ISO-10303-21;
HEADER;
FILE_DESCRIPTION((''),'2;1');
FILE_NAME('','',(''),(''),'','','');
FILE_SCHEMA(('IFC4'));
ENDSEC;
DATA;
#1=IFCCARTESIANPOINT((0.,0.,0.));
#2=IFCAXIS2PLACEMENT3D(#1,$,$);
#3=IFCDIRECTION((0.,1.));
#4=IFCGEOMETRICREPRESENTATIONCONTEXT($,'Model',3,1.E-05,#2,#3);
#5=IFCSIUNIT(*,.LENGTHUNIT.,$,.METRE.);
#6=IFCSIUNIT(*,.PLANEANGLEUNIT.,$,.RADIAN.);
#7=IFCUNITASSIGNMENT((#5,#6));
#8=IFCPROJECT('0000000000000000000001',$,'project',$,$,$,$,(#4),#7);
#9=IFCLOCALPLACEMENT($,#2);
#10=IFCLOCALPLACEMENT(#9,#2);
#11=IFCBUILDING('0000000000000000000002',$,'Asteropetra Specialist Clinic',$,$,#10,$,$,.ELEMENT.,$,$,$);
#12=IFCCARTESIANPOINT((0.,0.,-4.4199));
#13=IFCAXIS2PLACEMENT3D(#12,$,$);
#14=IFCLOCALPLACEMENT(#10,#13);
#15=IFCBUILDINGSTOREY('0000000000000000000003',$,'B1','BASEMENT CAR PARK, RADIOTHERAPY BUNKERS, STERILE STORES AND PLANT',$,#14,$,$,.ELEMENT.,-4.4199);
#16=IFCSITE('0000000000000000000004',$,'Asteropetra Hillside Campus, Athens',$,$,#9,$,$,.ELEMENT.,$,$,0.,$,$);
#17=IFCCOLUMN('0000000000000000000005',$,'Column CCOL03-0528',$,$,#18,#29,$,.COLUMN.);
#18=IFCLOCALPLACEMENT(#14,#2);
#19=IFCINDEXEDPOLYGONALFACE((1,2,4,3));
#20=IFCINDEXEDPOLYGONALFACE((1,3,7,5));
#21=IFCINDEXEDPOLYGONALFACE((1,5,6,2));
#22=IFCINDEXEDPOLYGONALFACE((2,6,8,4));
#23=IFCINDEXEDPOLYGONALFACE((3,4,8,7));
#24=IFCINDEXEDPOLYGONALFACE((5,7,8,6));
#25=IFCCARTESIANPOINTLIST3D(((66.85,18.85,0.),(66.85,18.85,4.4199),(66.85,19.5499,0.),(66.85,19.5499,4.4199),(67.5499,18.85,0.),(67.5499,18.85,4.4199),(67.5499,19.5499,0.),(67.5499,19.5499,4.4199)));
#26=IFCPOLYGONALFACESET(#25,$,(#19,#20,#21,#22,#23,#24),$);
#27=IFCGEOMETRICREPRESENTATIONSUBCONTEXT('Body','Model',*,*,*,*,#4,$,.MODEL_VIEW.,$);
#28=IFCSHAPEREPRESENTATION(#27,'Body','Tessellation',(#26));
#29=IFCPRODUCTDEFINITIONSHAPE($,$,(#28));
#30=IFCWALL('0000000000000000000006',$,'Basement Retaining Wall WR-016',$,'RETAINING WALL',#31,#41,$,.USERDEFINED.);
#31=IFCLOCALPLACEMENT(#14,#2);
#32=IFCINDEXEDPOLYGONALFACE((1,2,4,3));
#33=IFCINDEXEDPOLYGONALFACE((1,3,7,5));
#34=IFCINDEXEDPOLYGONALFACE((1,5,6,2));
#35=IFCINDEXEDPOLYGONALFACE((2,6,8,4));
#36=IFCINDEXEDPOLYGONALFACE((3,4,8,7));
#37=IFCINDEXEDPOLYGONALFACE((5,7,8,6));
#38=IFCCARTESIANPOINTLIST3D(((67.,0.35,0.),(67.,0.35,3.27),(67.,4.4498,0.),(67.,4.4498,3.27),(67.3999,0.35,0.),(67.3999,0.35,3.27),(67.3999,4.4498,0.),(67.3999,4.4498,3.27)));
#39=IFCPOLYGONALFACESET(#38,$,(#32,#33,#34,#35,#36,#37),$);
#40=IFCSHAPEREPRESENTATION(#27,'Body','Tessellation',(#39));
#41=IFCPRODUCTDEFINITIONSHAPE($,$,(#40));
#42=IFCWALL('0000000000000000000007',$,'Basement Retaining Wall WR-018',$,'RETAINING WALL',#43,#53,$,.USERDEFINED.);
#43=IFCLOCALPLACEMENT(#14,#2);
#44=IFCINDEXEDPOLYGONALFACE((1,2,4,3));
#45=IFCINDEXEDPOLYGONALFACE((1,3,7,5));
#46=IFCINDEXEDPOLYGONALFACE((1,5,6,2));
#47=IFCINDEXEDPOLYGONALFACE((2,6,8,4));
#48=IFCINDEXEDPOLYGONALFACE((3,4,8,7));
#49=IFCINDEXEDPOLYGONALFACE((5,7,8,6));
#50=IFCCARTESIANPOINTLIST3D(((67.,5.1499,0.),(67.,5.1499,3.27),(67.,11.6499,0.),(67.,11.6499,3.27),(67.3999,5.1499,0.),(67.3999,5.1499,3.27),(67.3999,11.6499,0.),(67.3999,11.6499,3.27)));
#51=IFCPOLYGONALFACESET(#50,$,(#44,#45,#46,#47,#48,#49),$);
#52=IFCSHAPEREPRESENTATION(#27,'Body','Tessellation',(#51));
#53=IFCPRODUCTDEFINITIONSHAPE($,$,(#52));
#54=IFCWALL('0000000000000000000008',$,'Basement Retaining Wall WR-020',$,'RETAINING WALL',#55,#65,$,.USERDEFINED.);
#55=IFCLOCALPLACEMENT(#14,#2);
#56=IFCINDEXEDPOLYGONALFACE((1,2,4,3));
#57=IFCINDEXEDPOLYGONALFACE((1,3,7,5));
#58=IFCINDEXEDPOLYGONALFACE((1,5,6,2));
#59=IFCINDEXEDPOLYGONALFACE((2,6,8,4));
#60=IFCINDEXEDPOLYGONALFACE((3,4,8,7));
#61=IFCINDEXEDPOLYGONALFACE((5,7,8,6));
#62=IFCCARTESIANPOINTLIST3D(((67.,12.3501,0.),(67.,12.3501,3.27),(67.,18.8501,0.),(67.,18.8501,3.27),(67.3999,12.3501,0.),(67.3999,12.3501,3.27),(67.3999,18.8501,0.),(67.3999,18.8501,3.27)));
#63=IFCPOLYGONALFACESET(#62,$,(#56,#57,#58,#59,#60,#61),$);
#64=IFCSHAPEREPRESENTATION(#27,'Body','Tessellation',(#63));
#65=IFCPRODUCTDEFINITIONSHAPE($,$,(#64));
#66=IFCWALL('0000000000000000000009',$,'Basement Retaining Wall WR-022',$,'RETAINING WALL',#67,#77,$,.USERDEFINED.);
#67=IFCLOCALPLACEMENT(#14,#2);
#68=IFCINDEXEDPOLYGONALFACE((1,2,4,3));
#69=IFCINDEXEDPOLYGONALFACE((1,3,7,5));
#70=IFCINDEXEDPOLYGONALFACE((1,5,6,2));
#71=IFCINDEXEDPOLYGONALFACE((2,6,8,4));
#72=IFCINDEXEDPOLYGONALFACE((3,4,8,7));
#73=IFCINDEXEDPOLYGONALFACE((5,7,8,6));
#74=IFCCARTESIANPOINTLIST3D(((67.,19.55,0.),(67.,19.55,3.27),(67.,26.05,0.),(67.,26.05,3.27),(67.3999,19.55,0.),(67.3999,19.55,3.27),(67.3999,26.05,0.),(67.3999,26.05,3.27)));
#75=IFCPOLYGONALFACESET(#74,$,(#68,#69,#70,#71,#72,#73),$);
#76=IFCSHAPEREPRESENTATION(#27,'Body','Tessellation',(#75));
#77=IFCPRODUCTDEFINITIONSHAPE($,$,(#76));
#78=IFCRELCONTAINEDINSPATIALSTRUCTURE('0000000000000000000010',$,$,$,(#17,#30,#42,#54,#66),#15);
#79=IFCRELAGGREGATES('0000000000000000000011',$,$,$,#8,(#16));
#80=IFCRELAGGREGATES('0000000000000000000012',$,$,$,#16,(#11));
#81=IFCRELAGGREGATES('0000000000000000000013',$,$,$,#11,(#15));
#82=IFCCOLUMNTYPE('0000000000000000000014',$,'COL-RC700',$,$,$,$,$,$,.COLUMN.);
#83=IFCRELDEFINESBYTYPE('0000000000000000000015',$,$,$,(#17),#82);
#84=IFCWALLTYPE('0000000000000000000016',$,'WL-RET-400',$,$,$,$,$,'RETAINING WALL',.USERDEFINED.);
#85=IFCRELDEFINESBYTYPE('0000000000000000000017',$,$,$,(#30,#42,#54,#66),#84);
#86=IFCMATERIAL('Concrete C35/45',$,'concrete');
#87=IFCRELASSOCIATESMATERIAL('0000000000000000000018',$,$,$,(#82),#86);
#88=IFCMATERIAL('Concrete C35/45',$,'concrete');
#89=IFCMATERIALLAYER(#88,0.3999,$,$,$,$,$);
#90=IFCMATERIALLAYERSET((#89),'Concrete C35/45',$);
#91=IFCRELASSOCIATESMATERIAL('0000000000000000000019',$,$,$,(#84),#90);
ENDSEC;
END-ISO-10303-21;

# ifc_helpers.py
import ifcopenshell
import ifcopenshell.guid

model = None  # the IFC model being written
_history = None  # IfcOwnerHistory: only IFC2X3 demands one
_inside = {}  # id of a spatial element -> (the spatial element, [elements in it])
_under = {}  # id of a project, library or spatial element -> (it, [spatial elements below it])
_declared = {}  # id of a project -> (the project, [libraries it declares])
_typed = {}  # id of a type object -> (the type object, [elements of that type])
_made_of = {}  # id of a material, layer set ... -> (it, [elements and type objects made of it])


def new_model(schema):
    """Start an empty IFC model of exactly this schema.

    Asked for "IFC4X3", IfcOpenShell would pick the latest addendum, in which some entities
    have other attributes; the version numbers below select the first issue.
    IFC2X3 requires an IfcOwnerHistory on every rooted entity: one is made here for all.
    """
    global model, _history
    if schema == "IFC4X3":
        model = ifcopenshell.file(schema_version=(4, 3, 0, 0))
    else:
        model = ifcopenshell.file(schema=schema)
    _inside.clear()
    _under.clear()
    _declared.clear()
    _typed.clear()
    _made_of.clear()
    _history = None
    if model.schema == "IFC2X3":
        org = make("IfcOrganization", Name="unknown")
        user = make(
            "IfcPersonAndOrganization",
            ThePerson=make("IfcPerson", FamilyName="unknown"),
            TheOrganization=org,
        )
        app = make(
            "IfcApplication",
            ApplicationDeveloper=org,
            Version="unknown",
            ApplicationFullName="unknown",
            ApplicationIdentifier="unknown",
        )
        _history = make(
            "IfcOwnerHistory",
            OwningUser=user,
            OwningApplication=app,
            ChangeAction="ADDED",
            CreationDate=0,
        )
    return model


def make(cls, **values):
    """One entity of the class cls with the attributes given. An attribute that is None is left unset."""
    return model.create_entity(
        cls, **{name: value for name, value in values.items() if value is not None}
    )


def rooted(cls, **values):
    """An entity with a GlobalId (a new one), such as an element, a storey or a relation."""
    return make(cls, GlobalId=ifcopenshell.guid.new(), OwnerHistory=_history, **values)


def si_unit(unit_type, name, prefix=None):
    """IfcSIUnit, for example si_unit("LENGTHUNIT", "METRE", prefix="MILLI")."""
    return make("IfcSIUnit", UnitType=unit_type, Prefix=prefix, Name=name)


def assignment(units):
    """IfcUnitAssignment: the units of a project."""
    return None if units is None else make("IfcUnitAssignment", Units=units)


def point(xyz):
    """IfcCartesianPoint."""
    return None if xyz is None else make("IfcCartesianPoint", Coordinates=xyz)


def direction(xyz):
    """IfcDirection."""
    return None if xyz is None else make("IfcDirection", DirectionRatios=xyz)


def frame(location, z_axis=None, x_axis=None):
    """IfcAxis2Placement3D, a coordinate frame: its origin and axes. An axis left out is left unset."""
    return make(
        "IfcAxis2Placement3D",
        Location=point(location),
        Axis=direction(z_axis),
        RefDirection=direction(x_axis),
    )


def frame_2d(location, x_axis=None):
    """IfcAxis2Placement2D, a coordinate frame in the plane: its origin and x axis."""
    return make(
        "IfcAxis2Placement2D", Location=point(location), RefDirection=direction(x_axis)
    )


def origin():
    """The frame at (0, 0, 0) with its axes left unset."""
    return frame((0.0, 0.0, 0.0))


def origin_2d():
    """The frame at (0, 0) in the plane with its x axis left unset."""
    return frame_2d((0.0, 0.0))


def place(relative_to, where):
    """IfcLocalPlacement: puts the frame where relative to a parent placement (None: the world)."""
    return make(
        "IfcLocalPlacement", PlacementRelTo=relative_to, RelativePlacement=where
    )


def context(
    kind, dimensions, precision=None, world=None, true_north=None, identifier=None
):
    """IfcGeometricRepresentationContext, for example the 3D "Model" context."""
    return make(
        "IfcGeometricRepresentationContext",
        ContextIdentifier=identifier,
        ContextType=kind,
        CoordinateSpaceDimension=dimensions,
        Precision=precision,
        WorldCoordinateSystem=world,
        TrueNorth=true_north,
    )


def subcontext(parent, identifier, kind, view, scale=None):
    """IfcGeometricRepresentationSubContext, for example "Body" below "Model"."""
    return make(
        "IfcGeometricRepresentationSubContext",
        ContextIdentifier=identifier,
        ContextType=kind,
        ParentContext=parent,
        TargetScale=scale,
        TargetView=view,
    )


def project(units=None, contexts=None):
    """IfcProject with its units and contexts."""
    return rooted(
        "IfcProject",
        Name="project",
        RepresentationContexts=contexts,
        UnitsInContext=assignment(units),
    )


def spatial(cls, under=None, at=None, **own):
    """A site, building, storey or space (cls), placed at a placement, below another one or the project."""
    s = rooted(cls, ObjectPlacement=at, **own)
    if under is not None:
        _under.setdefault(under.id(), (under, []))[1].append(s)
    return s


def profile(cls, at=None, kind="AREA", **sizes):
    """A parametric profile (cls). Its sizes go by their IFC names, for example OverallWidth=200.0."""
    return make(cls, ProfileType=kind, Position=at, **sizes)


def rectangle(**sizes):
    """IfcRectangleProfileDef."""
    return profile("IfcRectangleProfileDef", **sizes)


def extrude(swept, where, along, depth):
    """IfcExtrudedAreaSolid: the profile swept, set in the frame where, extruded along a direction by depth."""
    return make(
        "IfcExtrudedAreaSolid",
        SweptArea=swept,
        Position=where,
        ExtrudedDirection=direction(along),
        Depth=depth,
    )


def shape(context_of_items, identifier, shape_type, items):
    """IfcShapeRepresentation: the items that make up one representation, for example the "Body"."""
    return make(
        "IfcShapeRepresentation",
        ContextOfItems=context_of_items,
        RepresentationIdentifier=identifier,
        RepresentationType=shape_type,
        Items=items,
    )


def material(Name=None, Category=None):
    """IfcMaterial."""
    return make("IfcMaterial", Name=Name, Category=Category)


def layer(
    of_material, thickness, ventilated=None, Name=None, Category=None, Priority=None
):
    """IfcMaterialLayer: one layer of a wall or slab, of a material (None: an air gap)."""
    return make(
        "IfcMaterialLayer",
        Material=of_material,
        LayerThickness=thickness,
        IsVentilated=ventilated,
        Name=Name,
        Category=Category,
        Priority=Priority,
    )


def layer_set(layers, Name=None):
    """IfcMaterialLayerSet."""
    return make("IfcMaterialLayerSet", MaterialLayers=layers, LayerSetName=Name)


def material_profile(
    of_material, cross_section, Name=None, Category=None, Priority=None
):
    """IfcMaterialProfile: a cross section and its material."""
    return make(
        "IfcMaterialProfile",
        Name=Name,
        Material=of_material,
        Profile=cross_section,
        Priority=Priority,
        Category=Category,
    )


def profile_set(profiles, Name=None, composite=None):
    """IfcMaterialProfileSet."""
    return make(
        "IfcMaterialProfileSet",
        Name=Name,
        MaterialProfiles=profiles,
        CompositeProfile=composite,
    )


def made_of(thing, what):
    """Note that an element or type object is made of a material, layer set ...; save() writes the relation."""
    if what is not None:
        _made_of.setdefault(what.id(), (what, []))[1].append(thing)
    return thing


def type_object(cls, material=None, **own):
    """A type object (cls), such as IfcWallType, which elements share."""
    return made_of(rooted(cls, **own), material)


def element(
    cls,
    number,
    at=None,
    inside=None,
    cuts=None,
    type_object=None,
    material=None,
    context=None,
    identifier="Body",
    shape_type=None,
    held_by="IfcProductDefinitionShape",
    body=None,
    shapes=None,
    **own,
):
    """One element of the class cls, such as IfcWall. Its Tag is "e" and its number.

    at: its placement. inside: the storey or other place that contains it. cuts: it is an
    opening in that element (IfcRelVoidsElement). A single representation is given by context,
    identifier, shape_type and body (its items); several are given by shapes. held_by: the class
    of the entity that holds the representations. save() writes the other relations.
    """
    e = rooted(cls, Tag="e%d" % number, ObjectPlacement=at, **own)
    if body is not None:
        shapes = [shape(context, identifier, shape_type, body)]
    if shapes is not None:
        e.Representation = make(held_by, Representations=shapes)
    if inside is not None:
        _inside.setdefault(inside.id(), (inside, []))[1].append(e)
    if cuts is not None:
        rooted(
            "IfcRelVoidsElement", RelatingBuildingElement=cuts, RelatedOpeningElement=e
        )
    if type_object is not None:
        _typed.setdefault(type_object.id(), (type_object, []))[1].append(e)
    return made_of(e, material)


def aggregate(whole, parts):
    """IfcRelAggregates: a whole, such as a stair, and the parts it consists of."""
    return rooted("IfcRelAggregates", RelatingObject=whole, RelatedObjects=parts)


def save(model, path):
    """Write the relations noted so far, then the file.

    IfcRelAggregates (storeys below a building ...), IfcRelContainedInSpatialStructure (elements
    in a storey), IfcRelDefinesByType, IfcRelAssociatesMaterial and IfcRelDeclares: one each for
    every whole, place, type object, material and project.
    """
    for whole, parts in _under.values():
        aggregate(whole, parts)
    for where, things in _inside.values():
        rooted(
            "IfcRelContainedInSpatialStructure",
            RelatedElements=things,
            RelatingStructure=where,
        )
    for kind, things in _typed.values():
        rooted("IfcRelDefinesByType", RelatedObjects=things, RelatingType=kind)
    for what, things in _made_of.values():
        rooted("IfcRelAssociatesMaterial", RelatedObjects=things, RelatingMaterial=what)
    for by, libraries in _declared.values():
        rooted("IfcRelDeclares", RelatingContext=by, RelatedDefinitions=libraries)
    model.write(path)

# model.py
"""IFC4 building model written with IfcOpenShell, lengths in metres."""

from ifc_helpers import new_model, si_unit, direction, frame, frame_2d, origin, origin_2d, place, context, subcontext, project, spatial, rectangle, extrude, material, layer, layer_set, material_profile, profile_set, type_object, element, save


model = new_model("IFC4")

# Units and contexts
model_context = context("Model", 3, precision=1e-05, world=origin(), true_north=direction((0.0, 1.0)))
body_context = subcontext(model_context, "Body", "Model", "MODEL_VIEW")
ifc_project = project(units=[si_unit("LENGTHUNIT", "METRE"), si_unit("PLANEANGLEUNIT", "RADIAN")], contexts=[model_context])

# Site, building, storey
site_placement = place(None, origin())
site = spatial("IfcSite", under=ifc_project, at=site_placement, Name="Asteropetra Hillside Campus, Athens", CompositionType="ELEMENT", RefElevation=0.0)
building_placement = place(site_placement, origin())
building = spatial("IfcBuilding", under=site, at=building_placement, Name="Asteropetra Specialist Clinic", CompositionType="ELEMENT")
storey_placement = place(building_placement, frame((0.0, 0.0, -4.4199)))
storey = spatial("IfcBuildingStorey", under=building, at=storey_placement, Name="B1", Description="BASEMENT CAR PARK, RADIOTHERAPY BUNKERS, STERILE STORES AND PLANT", CompositionType="ELEMENT", Elevation=-4.4199)

# Column
ifc_material_1 = material(Name="Concrete C35/45", Category="concrete")
ifc_material_profile_1 = material_profile(ifc_material_1, rectangle(XDim=0.7, YDim=0.7, at=origin_2d()), Name="RC 700x700")
ifc_profile_set_1 = profile_set([ifc_material_profile_1], Name="Concrete C35/45")
column_type = type_object("IfcColumnType", Name="COL-RC700", PredefinedType="COLUMN", material=ifc_profile_set_1)
for number, where, z_axis, x_axis, name in (
    (1, (67.2, 19.2, 0.0), (0.0, 0.0, 1.0), (1.0, 0.0, 0.0), "Column CCOL03-0528"),
):
    element("IfcColumn", number, at=place(storey_placement, frame(where, z_axis=z_axis, x_axis=x_axis)), inside=storey, type_object=column_type, Name=name, PredefinedType="COLUMN", context=body_context, shape_type="SweptSolid", body=[
        extrude(rectangle(XDim=0.7, YDim=0.7, at=origin_2d()), origin(), (0.0, 0.0, 1.0), 4.4199),
    ])

# Walls
ifc_material_2 = material(Name="Concrete C35/45", Category="concrete")
ifc_layer = layer(ifc_material_2, 0.3999)
ifc_layer_set = layer_set([ifc_layer], Name="Concrete C35/45")
wall_type = type_object("IfcWallType", Name="WL-RET-400", ElementType="RETAINING WALL", PredefinedType="USERDEFINED", material=ifc_layer_set)
wall_placement = place(storey_placement, frame((67.2, 0.3501, 0.0), z_axis=(0.0, 0.0, 1.0), x_axis=(0.0, 1.0, 0.0)))
element("IfcWall", 2, at=wall_placement, inside=storey, type_object=wall_type, Name="Basement Retaining Wall WR-016", ObjectType="RETAINING WALL", PredefinedType="USERDEFINED", context=body_context, shape_type="SweptSolid", body=[
    extrude(rectangle(XDim=4.0999, YDim=0.3999, at=frame_2d((2.0498, 0.0))), origin(), (0.0, 0.0, 1.0), 3.27),
])
for number, where, z_axis, x_axis, name in (
    (3, (67.2, 5.1499, 0.0), (0.0, 0.0, 1.0), (0.0, 1.0, 0.0), "Basement Retaining Wall WR-018"),
    (4, (67.2, 12.3501, 0.0), (0.0, 0.0, 1.0), (0.0, 1.0, 0.0), "Basement Retaining Wall WR-020"),
    (5, (67.2, 19.55, 0.0), (0.0, 0.0, 1.0), (0.0, 1.0, 0.0), "Basement Retaining Wall WR-022"),
):
    element("IfcWall", number, at=place(storey_placement, frame(where, z_axis=z_axis, x_axis=x_axis)), inside=storey, type_object=wall_type, Name=name, ObjectType="RETAINING WALL", PredefinedType="USERDEFINED", context=body_context, shape_type="SweptSolid", body=[
        extrude(rectangle(XDim=6.5, YDim=0.3999, at=frame_2d((3.25, 0.0))), origin(), (0.0, 0.0, 1.0), 3.27),
    ])

save(model, "model.ifc")
